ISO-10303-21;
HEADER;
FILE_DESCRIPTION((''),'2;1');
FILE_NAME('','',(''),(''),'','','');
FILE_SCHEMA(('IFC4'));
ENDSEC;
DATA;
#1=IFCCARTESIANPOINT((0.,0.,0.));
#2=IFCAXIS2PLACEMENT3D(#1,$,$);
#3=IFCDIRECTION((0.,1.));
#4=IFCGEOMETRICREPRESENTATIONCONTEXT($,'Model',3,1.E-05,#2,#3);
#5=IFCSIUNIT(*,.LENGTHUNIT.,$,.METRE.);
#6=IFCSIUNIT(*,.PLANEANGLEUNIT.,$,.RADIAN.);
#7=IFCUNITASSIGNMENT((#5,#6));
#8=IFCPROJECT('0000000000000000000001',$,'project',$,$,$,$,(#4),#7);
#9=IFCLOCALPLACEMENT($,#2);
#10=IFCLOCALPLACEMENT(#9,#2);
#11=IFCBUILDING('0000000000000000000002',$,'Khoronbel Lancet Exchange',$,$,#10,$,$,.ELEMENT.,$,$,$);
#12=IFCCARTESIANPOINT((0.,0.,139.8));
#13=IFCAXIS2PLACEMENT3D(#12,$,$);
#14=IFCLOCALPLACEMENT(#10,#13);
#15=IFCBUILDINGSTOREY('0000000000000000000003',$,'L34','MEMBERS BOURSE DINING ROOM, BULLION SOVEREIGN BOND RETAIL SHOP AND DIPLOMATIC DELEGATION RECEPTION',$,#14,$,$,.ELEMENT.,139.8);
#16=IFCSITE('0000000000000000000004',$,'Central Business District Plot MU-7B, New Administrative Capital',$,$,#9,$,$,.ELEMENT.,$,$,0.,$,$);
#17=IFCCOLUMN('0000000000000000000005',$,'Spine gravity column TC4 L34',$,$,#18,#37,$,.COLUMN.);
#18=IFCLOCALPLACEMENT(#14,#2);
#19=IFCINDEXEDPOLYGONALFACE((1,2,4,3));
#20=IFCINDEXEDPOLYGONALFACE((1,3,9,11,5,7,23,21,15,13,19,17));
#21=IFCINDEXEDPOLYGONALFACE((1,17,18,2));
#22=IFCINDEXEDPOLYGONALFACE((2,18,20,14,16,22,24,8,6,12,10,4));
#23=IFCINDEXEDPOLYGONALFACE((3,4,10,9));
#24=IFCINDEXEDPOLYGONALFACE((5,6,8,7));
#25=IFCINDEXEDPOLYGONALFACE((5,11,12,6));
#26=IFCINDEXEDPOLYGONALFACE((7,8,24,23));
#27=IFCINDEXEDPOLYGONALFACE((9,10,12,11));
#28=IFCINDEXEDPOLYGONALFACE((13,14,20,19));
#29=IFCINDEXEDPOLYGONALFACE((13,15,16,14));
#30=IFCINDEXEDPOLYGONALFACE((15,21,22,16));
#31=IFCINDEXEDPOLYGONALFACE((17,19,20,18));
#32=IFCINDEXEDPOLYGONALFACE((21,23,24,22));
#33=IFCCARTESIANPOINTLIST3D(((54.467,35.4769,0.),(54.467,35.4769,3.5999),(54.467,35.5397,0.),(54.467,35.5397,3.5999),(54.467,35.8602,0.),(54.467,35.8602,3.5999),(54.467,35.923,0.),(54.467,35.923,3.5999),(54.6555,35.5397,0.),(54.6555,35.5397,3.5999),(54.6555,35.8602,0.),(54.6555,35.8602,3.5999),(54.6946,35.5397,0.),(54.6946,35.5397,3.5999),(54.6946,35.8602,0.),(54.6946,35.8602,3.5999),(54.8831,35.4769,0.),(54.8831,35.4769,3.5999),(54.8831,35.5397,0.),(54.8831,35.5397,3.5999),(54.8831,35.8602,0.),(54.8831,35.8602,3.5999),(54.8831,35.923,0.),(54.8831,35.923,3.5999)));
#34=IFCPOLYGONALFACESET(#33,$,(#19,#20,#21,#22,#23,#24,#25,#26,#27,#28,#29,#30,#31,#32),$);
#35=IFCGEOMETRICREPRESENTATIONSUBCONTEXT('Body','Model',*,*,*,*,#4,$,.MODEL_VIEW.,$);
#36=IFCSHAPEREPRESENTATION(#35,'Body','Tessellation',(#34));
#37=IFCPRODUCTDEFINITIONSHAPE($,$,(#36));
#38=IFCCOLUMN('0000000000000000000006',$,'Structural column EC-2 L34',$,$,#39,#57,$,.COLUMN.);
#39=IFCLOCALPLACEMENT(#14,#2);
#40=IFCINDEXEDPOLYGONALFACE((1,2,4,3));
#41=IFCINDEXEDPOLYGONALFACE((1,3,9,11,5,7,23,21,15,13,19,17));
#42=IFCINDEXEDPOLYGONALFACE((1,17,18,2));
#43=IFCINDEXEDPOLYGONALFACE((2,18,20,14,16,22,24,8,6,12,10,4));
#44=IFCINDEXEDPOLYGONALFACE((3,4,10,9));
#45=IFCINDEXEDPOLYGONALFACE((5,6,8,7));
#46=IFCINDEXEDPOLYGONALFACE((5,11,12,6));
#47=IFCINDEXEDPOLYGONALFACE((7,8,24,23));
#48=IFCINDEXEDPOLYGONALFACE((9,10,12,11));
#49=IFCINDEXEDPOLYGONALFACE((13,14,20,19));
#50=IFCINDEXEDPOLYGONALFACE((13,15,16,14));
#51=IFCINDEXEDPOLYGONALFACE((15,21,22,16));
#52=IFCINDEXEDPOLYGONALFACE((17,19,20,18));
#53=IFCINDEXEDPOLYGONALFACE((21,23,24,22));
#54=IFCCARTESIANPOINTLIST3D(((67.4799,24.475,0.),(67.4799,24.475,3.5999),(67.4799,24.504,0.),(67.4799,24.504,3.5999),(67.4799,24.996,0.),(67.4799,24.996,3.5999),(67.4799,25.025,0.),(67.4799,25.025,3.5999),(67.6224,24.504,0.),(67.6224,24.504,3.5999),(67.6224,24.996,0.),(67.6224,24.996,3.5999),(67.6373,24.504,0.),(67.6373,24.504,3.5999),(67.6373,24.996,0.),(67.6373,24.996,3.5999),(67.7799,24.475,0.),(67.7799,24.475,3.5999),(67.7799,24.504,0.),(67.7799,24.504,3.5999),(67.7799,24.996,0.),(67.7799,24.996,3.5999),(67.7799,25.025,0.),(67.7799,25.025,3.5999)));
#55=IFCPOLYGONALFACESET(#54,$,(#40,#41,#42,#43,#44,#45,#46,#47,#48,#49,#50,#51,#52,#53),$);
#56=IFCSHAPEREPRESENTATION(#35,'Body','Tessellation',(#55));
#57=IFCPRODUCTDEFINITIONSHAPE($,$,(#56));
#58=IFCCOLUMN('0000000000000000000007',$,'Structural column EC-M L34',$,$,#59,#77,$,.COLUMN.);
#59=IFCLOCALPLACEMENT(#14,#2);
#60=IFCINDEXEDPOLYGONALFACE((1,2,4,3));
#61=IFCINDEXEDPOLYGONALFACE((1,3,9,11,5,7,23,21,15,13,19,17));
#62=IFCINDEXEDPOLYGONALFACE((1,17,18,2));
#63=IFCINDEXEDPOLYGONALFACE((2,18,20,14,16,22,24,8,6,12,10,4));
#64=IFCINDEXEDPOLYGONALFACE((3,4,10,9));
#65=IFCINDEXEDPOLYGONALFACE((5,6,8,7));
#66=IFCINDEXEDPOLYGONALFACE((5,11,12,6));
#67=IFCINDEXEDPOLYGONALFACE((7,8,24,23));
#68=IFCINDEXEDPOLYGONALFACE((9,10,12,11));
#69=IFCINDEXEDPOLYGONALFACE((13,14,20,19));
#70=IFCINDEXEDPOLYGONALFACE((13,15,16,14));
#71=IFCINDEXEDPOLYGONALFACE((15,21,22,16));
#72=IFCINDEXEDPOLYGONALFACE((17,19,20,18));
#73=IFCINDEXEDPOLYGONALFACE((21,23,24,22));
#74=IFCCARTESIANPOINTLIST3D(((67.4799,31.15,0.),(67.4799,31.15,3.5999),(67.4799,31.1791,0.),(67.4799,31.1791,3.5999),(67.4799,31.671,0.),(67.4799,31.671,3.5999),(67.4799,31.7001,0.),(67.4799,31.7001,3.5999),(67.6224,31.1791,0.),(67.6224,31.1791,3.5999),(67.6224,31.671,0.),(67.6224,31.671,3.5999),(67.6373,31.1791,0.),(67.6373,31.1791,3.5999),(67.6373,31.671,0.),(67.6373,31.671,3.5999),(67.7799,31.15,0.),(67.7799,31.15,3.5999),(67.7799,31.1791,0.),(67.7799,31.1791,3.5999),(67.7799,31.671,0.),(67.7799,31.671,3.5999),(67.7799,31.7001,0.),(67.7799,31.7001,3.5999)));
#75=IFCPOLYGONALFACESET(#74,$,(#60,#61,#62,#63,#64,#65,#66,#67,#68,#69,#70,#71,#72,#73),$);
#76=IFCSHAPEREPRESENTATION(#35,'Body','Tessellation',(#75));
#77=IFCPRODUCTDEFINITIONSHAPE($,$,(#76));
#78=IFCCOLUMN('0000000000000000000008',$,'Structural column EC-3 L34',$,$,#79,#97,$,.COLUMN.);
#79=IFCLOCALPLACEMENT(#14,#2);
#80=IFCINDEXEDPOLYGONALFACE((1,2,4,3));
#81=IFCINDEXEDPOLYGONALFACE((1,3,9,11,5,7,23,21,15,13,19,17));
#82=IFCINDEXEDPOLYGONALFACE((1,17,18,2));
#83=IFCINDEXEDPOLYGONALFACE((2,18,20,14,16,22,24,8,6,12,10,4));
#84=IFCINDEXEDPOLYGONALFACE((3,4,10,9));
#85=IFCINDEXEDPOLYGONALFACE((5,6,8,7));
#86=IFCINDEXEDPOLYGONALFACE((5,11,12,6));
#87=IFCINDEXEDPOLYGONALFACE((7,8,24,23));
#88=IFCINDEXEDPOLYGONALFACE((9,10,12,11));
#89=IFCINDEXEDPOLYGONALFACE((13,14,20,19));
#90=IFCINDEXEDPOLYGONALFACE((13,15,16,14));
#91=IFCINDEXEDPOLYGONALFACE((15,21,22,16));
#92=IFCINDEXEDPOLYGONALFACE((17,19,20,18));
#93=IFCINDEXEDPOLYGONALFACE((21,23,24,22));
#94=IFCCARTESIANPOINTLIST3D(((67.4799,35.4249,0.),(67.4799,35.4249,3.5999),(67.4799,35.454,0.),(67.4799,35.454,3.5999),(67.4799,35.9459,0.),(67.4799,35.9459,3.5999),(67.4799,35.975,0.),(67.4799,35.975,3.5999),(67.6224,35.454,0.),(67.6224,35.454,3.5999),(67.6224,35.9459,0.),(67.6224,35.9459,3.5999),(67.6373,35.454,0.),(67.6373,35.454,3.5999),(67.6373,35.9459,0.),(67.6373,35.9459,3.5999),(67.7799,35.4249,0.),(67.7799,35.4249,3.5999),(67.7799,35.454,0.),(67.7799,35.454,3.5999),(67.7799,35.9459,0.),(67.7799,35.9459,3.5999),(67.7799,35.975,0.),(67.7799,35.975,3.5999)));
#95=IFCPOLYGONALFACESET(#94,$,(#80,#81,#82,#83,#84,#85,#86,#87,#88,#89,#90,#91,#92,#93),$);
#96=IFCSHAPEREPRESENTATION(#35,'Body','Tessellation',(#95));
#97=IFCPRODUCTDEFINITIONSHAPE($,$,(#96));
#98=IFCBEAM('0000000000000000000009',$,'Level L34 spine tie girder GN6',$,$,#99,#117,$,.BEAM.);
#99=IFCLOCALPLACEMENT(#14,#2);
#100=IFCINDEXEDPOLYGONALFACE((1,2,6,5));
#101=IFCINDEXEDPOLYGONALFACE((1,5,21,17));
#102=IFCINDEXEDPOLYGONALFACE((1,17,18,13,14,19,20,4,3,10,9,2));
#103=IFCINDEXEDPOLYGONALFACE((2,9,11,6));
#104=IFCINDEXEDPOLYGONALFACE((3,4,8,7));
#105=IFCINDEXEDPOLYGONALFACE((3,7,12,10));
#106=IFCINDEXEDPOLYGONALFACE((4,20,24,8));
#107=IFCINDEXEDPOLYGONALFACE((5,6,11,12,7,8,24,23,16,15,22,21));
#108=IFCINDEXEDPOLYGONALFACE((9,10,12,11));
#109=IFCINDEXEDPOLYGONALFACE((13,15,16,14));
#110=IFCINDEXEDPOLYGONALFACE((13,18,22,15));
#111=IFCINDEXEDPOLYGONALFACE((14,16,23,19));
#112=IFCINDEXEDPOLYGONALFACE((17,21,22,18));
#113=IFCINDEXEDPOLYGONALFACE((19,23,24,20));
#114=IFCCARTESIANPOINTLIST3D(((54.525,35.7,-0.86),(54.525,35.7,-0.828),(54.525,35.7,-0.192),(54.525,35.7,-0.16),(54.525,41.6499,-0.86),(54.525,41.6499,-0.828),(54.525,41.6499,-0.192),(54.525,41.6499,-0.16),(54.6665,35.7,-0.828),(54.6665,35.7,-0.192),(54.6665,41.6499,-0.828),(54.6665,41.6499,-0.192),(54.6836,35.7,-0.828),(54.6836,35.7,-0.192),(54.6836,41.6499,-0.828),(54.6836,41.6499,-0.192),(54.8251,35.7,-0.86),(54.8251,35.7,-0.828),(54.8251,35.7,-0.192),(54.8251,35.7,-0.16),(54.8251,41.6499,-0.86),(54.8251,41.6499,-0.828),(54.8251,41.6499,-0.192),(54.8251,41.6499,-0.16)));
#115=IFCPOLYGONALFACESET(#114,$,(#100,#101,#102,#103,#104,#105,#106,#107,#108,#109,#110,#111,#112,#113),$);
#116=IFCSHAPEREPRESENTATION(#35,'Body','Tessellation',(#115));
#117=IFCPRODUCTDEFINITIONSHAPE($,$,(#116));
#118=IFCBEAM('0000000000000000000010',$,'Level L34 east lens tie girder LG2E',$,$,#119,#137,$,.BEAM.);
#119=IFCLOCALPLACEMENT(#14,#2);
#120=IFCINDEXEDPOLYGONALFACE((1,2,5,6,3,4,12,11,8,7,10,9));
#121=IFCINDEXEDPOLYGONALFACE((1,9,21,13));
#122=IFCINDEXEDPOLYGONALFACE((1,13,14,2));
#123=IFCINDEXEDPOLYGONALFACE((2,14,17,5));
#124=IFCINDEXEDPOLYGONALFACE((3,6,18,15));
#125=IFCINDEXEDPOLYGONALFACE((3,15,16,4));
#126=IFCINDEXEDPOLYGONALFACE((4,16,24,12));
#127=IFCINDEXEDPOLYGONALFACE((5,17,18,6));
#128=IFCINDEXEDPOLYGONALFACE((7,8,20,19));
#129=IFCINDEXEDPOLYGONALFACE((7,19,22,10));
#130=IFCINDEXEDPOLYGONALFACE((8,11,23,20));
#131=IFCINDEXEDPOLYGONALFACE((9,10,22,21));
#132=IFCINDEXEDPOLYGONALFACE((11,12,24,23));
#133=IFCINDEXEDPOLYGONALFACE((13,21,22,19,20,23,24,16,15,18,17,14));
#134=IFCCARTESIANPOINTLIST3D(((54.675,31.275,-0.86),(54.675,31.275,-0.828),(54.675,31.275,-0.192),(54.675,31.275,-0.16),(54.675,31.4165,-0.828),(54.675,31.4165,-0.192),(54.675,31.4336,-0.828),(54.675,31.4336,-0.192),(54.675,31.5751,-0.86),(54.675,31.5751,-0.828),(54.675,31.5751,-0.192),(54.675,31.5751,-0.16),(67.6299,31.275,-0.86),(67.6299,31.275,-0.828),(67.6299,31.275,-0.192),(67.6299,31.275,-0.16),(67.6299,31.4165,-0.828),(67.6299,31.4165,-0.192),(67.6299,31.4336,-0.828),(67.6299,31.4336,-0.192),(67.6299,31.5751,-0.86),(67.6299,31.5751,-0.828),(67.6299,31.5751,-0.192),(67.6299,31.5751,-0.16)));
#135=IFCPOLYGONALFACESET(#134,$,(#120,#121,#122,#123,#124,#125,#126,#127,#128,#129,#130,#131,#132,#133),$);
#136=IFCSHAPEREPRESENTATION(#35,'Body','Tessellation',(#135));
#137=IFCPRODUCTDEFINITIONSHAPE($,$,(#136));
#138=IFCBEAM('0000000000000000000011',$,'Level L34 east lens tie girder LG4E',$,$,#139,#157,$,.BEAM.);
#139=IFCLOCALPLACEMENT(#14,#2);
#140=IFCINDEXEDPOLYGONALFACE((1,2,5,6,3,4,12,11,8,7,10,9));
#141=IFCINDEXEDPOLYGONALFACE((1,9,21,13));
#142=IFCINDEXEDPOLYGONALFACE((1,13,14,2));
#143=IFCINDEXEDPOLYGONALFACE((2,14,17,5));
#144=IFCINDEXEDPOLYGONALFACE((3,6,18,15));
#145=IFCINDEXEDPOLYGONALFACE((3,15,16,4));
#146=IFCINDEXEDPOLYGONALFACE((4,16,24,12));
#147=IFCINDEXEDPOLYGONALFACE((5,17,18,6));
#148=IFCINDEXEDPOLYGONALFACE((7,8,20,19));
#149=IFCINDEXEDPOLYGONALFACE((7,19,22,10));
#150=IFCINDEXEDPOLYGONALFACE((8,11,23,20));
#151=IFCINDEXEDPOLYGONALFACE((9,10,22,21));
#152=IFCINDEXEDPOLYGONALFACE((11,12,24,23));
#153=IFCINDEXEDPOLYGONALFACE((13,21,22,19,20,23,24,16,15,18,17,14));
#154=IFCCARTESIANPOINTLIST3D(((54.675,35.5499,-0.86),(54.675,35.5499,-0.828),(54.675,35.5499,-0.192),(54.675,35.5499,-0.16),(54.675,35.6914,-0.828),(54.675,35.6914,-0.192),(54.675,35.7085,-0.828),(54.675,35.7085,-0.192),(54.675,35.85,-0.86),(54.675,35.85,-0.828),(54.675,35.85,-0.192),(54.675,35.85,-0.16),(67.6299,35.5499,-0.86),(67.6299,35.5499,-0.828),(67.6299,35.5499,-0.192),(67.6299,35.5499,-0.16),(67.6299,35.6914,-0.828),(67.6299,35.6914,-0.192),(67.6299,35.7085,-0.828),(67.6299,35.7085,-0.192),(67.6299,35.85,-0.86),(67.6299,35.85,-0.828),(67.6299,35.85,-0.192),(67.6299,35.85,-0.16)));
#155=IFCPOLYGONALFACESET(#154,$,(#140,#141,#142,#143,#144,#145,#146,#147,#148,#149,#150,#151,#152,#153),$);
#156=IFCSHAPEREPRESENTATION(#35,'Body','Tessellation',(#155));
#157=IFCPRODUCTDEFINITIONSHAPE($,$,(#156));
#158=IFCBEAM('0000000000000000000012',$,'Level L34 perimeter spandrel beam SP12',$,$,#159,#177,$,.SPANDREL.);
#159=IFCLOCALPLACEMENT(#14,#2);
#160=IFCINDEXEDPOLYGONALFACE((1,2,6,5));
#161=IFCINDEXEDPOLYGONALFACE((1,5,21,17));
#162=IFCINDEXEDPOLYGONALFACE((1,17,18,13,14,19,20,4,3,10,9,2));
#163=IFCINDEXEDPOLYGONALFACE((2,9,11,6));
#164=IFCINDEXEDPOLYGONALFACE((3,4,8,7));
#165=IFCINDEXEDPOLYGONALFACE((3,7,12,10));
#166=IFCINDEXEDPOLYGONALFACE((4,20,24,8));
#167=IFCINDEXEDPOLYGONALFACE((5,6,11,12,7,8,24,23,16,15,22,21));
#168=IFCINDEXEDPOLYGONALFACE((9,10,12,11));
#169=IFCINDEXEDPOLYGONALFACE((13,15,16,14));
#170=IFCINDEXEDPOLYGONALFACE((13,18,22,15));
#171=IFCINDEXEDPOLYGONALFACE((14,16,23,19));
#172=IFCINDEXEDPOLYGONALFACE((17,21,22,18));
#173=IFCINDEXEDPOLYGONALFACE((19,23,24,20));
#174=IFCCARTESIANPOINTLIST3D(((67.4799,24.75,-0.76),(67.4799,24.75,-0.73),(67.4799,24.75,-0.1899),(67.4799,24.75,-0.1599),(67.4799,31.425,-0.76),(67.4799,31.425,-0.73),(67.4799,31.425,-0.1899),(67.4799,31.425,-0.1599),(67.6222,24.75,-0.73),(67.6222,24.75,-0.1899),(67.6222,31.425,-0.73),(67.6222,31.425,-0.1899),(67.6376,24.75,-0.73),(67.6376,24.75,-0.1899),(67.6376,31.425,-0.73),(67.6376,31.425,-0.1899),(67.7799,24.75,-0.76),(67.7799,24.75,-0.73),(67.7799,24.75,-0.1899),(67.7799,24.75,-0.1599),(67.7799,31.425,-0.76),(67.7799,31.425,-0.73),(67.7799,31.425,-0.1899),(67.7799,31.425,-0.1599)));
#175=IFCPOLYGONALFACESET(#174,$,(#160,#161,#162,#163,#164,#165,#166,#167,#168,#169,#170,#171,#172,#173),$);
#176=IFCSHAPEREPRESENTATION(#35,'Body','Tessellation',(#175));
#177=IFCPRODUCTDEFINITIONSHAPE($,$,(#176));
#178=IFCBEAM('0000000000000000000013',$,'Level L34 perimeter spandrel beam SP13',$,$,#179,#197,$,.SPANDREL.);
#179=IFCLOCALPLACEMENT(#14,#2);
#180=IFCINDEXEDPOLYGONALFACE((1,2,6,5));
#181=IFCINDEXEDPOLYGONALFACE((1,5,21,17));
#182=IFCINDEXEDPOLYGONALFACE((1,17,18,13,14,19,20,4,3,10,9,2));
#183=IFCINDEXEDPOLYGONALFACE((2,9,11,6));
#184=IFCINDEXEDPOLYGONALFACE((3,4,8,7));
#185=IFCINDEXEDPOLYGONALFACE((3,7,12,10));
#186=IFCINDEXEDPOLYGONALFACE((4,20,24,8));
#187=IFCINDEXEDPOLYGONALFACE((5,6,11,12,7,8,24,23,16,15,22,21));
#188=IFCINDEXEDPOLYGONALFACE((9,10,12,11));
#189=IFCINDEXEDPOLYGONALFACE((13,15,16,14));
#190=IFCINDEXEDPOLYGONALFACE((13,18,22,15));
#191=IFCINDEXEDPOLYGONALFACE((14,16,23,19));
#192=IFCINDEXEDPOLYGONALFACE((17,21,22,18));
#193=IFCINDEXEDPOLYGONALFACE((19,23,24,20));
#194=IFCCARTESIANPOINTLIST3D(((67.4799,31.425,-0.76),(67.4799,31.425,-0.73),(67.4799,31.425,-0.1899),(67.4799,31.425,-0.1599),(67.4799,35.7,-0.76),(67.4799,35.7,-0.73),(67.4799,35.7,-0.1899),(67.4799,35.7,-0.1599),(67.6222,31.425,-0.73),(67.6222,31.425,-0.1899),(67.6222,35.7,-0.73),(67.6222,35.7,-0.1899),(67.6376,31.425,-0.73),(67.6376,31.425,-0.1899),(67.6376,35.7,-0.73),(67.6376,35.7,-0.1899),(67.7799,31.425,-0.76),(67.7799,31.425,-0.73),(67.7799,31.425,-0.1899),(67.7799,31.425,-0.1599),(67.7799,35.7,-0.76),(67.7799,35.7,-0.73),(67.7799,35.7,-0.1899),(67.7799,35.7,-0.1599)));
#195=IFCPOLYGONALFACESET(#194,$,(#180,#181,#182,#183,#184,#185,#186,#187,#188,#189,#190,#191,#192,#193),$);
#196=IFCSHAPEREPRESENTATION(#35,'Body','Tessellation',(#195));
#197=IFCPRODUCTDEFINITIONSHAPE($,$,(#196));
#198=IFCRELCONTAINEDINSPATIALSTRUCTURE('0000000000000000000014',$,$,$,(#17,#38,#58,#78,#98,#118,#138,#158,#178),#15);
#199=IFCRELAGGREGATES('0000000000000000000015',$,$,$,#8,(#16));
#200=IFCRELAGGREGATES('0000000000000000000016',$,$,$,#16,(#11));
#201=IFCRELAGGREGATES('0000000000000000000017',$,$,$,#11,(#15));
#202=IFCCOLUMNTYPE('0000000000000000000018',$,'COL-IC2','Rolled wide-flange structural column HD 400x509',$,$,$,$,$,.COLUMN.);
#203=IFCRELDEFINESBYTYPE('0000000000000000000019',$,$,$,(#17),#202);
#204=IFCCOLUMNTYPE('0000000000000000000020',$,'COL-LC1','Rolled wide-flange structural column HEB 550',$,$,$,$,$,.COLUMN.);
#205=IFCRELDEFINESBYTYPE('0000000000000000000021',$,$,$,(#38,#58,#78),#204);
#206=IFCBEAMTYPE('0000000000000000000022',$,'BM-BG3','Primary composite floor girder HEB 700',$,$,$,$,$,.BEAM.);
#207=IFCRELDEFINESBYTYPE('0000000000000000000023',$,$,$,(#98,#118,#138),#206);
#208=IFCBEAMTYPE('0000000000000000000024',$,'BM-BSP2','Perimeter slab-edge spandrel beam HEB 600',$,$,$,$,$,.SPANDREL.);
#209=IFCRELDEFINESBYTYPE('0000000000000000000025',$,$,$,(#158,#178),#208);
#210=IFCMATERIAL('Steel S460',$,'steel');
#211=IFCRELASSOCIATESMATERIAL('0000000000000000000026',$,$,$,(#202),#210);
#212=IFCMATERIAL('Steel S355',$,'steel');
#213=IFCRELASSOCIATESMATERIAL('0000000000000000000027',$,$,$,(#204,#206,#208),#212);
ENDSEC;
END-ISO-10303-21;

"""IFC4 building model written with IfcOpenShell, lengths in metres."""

from ifc_helpers import new_model, si_unit, direction, frame, origin, origin_2d, place, context, subcontext, project, spatial, i_section, extrude, material, material_profile, profile_set, type_object, element, save


model = new_model("IFC4")

# Units and contexts
model_context = context("Model", 3, precision=1e-05, world=origin(), true_north=direction((0.0, 1.0)))
body_context = subcontext(model_context, "Body", "Model", "MODEL_VIEW")
ifc_project = project(units=[si_unit("LENGTHUNIT", "METRE"), si_unit("PLANEANGLEUNIT", "RADIAN")], contexts=[model_context])

# Site, building, storey
site_placement = place(None, origin())
site = spatial("IfcSite", under=ifc_project, at=site_placement, Name="Central Business District Plot MU-7B, New Administrative Capital", CompositionType="ELEMENT", RefElevation=0.0)
building_placement = place(site_placement, origin())
building = spatial("IfcBuilding", under=site, at=building_placement, Name="Khoronbel Lancet Exchange", CompositionType="ELEMENT")
storey_placement = place(building_placement, frame((0.0, 0.0, 139.8)))
storey = spatial("IfcBuildingStorey", under=building, at=storey_placement, Name="L34", Description="MEMBERS BOURSE DINING ROOM, BULLION SOVEREIGN BOND RETAIL SHOP AND DIPLOMATIC DELEGATION RECEPTION", CompositionType="ELEMENT", Elevation=139.8)

# Columns
ifc_material_1 = material(Name="Steel S460", Category="steel")
ifc_material_profile_1 = material_profile(ifc_material_1, i_section(OverallWidth=0.416, OverallDepth=0.446, WebThickness=0.0391, FlangeThickness=0.0627, at=origin_2d()), Name="HD 400x509")
ifc_profile_set_1 = profile_set([ifc_material_profile_1], Name="Steel S460")
column_type_1 = type_object("IfcColumnType", Name="COL-IC2", Description="Rolled wide-flange structural column HD 400x509", PredefinedType="COLUMN", material=ifc_profile_set_1)
column_placement = place(storey_placement, frame((54.675, 35.7, 0.0), z_axis=(0.0, 0.0, 1.0), x_axis=(1.0, 0.0, 0.0)))
element("IfcColumn", 1, at=column_placement, inside=storey, type_object=column_type_1, Name="Spine gravity column TC4 L34", PredefinedType="COLUMN", context=body_context, shape_type="SweptSolid", body=[
    extrude(i_section(OverallWidth=0.416, OverallDepth=0.446, WebThickness=0.0391, FlangeThickness=0.0627, at=origin_2d()), origin(), (0.0, 0.0, 1.0), 3.5999),
])
ifc_material_2 = material(Name="Steel S355", Category="steel")
ifc_material_profile_2 = material_profile(ifc_material_2, i_section(OverallWidth=0.3, OverallDepth=0.55, WebThickness=0.0149, FlangeThickness=0.0291, at=origin_2d()), Name="HEB 550")
ifc_profile_set_2 = profile_set([ifc_material_profile_2], Name="Steel S355")
column_type_2 = type_object("IfcColumnType", Name="COL-LC1", Description="Rolled wide-flange structural column HEB 550", PredefinedType="COLUMN", material=ifc_profile_set_2)
for number, where, z_axis, x_axis, name in (
    (2, (67.6299, 24.75, 0.0), (0.0, 0.0, 1.0), (1.0, 0.0, 0.0), "Structural column EC-2 L34"),
    (3, (67.6299, 31.425, 0.0), (0.0, 0.0, 1.0), (1.0, 0.0, 0.0), "Structural column EC-M L34"),
    (4, (67.6299, 35.7, 0.0), (0.0, 0.0, 1.0), (1.0, 0.0, 0.0), "Structural column EC-3 L34"),
):
    element("IfcColumn", number, at=place(storey_placement, frame(where, z_axis=z_axis, x_axis=x_axis)), inside=storey, type_object=column_type_2, Name=name, PredefinedType="COLUMN", context=body_context, shape_type="SweptSolid", body=[
        extrude(i_section(OverallWidth=0.3, OverallDepth=0.55, WebThickness=0.0149, FlangeThickness=0.0291, at=origin_2d()), origin(), (0.0, 0.0, 1.0), 3.5999),
    ])

# Beams
ifc_material_profile_3 = material_profile(ifc_material_2, i_section(OverallWidth=0.3, OverallDepth=0.7, WebThickness=0.0171, FlangeThickness=0.032, at=origin_2d()), Name="HEB 700")
ifc_profile_set_3 = profile_set([ifc_material_profile_3], Name="Steel S355")
beam_type_1 = type_object("IfcBeamType", Name="BM-BG3", Description="Primary composite floor girder HEB 700", PredefinedType="BEAM", material=ifc_profile_set_3)
beam_1_placement = place(storey_placement, frame((54.675, 35.7, -0.51), z_axis=(0.0, 1.0, 0.0), x_axis=(-1.0, 0.0, 0.0)))
element("IfcBeam", 5, at=beam_1_placement, inside=storey, type_object=beam_type_1, Name="Level L34 spine tie girder GN6", PredefinedType="BEAM", context=body_context, shape_type="SweptSolid", body=[
    extrude(i_section(OverallWidth=0.3, OverallDepth=0.7, WebThickness=0.0171, FlangeThickness=0.032, at=origin_2d()), origin(), (0.0, 0.0, 1.0), 5.95),
])
for number, where, z_axis, x_axis, name in (
    (6, (54.675, 31.425, -0.51), (1.0, 0.0, 0.0), (0.0, 1.0, 0.0), "Level L34 east lens tie girder LG2E"),
    (7, (54.675, 35.7, -0.51), (1.0, 0.0, 0.0), (0.0, 1.0, 0.0), "Level L34 east lens tie girder LG4E"),
):
    element("IfcBeam", number, at=place(storey_placement, frame(where, z_axis=z_axis, x_axis=x_axis)), inside=storey, type_object=beam_type_1, Name=name, PredefinedType="BEAM", context=body_context, shape_type="SweptSolid", body=[
        extrude(i_section(OverallWidth=0.3, OverallDepth=0.7, WebThickness=0.0171, FlangeThickness=0.032, at=origin_2d()), origin(), (0.0, 0.0, 1.0), 12.9548),
    ])
ifc_material_profile_4 = material_profile(ifc_material_2, i_section(OverallWidth=0.3, OverallDepth=0.6001, WebThickness=0.0154, FlangeThickness=0.03, at=origin_2d()), Name="HEB 600")
ifc_profile_set_4 = profile_set([ifc_material_profile_4], Name="Steel S355")
beam_type_2 = type_object("IfcBeamType", Name="BM-BSP2", Description="Perimeter slab-edge spandrel beam HEB 600", PredefinedType="SPANDREL", material=ifc_profile_set_4)
beam_2_placement = place(storey_placement, frame((67.6299, 24.75, -0.46), z_axis=(0.0, 1.0, 0.0), x_axis=(-1.0, 0.0, 0.0)))
element("IfcBeam", 8, at=beam_2_placement, inside=storey, type_object=beam_type_2, Name="Level L34 perimeter spandrel beam SP12", PredefinedType="SPANDREL", context=body_context, shape_type="SweptSolid", body=[
    extrude(i_section(OverallWidth=0.3, OverallDepth=0.6001, WebThickness=0.0154, FlangeThickness=0.03, at=origin_2d()), origin(), (0.0, 0.0, 1.0), 6.675),
])
beam_3_placement = place(storey_placement, frame((67.6299, 31.425, -0.46), z_axis=(0.0, 1.0, 0.0), x_axis=(-1.0, 0.0, 0.0)))
element("IfcBeam", 9, at=beam_3_placement, inside=storey, type_object=beam_type_2, Name="Level L34 perimeter spandrel beam SP13", PredefinedType="SPANDREL", context=body_context, shape_type="SweptSolid", body=[
    extrude(i_section(OverallWidth=0.3, OverallDepth=0.6001, WebThickness=0.0154, FlangeThickness=0.03, at=origin_2d()), origin(), (0.0, 0.0, 1.0), 4.2749),
])

save(model, "model.ifc")
